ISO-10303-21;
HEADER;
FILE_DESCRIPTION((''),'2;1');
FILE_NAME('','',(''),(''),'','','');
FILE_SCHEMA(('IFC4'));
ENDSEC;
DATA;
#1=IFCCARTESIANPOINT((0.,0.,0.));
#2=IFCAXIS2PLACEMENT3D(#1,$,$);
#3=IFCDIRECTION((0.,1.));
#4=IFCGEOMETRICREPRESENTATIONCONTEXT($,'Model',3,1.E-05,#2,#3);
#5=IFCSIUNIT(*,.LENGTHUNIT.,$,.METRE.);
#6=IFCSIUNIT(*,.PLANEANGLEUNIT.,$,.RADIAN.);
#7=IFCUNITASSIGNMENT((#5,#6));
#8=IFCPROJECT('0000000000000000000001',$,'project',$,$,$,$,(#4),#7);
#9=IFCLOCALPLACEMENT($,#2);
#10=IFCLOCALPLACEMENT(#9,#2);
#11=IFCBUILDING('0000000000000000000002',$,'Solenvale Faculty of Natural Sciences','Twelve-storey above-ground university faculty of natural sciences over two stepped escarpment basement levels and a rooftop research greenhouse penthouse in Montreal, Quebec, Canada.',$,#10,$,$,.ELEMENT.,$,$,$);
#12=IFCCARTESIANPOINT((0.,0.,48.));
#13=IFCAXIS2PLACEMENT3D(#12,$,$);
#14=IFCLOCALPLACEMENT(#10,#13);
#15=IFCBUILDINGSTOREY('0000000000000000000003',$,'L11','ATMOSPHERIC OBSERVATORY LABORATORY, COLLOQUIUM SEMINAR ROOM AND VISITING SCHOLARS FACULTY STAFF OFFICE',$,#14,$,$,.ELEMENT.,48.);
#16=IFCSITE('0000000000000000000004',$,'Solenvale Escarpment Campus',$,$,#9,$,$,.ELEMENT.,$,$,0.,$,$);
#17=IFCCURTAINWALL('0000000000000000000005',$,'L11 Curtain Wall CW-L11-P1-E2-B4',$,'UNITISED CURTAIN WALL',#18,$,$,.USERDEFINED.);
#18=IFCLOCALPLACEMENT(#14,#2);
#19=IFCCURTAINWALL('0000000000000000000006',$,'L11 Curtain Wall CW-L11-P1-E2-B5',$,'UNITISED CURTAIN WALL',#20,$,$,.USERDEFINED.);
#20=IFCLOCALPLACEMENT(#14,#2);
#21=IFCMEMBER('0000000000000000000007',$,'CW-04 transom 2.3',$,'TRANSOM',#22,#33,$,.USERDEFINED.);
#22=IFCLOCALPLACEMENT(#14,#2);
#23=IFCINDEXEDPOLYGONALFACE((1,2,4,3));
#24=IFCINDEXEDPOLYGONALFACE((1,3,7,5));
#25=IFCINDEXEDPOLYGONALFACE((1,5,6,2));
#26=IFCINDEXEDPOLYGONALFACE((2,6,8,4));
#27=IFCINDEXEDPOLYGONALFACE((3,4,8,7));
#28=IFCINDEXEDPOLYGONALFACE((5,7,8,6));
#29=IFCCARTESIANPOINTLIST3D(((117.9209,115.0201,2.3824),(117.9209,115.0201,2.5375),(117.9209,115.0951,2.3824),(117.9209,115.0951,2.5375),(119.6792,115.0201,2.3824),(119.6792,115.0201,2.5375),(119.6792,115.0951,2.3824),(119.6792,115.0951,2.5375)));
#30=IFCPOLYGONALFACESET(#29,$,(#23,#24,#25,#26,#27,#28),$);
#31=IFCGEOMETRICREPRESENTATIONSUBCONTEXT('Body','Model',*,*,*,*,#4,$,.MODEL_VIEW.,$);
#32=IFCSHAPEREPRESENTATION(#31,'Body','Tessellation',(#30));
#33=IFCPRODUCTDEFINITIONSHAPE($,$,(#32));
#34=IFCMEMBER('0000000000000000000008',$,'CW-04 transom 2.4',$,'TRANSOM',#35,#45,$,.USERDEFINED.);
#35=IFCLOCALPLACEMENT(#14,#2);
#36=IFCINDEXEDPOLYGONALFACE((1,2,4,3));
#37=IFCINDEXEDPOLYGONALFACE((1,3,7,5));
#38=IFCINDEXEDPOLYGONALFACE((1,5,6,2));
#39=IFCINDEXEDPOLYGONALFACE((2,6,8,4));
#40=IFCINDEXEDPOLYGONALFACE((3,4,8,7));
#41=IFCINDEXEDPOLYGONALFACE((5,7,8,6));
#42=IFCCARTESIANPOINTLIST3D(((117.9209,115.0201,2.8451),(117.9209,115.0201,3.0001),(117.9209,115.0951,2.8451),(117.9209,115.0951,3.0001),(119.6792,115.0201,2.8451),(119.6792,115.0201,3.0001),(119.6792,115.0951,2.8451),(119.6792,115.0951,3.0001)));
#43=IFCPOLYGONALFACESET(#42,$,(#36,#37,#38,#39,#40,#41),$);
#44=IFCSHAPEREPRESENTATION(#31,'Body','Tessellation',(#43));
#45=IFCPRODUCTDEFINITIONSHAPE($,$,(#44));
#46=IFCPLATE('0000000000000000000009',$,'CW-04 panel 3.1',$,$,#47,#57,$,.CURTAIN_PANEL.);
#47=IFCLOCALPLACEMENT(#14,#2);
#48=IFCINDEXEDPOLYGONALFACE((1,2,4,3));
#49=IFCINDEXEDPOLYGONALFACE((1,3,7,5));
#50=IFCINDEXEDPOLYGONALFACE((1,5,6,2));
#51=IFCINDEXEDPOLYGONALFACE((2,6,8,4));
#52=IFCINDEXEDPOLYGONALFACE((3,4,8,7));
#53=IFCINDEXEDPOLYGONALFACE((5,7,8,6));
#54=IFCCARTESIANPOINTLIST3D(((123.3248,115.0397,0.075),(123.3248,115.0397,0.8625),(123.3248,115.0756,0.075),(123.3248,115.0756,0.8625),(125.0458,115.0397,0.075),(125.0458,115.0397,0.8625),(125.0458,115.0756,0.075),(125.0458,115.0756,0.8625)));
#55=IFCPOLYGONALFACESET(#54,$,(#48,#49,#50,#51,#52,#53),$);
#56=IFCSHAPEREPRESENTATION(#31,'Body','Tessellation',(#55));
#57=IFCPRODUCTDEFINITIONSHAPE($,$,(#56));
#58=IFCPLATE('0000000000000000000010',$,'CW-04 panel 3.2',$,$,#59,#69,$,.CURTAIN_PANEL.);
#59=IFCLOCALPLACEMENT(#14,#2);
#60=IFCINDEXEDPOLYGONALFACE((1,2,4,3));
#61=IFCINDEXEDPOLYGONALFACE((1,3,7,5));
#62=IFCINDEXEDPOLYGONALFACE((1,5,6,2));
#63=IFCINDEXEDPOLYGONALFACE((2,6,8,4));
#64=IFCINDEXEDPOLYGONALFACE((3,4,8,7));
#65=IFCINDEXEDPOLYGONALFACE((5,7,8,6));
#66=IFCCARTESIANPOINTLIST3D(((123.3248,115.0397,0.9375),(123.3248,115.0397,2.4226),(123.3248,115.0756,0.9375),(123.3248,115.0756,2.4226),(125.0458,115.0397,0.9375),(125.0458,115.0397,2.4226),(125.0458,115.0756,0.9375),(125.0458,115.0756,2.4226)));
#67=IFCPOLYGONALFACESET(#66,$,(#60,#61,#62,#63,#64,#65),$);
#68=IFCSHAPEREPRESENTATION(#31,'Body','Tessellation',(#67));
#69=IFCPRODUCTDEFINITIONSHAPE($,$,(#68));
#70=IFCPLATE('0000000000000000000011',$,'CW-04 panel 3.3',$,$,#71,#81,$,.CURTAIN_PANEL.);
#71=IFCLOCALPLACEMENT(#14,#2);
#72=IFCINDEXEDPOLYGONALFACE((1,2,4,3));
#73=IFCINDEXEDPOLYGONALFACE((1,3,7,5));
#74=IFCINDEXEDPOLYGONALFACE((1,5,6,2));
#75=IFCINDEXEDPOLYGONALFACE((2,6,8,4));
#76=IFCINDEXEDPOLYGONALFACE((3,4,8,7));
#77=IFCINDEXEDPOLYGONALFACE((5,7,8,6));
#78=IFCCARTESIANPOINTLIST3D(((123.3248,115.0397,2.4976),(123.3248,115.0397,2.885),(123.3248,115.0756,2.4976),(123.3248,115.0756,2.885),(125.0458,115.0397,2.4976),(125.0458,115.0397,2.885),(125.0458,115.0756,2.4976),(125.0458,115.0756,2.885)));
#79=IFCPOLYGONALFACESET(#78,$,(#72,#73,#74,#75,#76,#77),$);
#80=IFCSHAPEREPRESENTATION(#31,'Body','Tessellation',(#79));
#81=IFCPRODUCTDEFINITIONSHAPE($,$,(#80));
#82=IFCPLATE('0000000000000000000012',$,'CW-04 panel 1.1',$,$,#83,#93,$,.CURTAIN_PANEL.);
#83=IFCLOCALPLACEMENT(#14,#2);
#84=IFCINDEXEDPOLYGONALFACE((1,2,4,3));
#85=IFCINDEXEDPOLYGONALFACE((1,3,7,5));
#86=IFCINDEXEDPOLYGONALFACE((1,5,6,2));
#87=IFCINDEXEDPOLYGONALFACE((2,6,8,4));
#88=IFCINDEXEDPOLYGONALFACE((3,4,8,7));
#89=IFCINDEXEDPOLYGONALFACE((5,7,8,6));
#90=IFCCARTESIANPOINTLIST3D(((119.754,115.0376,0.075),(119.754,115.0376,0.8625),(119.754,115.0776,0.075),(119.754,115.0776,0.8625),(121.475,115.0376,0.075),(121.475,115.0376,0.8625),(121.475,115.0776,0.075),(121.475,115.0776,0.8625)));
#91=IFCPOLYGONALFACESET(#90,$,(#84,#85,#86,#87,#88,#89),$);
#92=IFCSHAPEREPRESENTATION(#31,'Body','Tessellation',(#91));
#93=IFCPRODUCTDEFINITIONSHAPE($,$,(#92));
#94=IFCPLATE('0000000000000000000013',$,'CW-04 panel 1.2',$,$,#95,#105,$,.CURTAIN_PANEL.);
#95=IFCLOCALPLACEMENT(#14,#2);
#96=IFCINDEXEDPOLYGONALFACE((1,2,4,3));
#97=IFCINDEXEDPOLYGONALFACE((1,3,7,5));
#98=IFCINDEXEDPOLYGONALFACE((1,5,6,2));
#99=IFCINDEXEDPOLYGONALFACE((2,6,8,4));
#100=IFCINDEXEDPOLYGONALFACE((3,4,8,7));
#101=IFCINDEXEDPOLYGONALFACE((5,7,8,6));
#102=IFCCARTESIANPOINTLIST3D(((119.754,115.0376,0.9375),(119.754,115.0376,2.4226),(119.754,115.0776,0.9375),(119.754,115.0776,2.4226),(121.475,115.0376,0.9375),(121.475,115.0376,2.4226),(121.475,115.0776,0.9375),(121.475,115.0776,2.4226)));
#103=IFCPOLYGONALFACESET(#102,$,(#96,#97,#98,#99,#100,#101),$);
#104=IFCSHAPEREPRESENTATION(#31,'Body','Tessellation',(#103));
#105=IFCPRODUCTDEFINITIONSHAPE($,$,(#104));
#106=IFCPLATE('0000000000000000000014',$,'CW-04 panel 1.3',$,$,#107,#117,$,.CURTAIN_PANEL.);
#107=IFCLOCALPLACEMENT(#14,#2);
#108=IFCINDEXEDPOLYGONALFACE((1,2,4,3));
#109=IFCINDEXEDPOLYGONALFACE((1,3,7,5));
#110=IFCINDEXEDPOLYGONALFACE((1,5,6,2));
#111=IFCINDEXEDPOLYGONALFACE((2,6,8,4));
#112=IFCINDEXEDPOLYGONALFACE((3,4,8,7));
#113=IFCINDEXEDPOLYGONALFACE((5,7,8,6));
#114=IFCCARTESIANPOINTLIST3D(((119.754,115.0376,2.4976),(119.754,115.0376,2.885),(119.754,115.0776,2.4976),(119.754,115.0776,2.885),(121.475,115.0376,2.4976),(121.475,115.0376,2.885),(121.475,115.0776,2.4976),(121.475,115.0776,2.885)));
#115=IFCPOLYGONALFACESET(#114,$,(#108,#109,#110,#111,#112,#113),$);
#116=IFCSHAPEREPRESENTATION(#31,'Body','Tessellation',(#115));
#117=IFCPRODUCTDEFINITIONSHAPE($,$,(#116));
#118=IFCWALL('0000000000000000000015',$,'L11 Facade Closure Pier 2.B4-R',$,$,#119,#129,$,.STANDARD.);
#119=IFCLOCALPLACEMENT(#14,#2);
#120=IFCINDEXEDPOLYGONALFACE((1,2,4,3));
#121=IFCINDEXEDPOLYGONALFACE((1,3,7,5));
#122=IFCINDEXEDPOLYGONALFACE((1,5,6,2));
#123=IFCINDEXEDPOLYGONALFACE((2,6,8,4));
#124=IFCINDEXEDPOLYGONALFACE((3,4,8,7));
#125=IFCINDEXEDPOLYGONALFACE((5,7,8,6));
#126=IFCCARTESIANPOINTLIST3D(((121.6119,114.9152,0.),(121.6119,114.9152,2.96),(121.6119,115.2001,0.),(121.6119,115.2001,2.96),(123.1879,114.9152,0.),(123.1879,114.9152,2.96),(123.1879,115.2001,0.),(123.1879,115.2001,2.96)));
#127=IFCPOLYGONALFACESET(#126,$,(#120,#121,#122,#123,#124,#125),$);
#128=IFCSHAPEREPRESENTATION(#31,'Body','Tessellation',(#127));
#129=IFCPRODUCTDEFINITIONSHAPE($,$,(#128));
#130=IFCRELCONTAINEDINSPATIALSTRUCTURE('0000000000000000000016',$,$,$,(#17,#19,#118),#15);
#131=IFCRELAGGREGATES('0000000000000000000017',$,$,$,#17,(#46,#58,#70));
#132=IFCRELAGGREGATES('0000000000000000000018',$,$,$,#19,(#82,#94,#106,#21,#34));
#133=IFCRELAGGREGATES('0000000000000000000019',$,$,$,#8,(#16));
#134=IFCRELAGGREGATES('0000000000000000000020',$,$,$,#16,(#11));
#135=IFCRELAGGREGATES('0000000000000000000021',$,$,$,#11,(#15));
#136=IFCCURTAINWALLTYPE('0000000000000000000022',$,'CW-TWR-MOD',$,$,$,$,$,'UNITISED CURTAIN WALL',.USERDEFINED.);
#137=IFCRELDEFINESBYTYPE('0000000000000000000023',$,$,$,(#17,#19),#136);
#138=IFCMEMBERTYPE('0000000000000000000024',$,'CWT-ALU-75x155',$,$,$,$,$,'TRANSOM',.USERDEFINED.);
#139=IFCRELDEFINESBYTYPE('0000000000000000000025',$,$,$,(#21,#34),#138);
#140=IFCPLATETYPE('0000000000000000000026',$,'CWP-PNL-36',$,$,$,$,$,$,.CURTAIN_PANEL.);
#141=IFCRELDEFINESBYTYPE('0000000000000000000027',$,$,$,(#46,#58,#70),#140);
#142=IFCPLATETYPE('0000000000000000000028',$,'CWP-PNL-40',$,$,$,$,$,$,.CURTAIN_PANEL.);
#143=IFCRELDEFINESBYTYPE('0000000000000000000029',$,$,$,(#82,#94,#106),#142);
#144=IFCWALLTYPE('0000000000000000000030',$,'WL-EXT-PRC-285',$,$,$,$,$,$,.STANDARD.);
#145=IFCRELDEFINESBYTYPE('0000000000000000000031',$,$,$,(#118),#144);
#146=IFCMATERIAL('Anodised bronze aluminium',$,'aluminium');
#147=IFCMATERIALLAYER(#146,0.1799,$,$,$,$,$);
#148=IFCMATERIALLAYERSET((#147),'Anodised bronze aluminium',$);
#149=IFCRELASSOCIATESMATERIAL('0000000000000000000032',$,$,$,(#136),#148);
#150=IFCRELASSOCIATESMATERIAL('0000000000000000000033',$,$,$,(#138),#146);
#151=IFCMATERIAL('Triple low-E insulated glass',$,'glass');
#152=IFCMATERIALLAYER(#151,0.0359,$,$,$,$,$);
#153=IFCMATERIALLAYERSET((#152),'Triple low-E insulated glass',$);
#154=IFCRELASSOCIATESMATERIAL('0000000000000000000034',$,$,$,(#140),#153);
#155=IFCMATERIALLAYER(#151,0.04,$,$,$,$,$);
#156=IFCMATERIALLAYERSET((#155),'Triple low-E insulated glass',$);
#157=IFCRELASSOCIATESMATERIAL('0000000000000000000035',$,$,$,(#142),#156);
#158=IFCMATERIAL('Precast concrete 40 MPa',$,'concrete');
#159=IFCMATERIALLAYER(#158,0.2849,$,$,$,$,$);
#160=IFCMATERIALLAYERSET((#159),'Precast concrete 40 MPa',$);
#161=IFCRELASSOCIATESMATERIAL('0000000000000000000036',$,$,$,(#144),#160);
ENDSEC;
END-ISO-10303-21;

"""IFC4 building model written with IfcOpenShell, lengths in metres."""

from ifc_helpers import new_model, si_unit, direction, frame, frame_2d, origin, origin_2d, place, context, subcontext, project, spatial, rectangle, extrude, material, layer, layer_set, material_profile, profile_set, type_object, element, aggregate, save


model = new_model("IFC4")

# Units and contexts
model_context = context("Model", 3, precision=1e-05, world=origin(), true_north=direction((0.0, 1.0)))
body_context = subcontext(model_context, "Body", "Model", "MODEL_VIEW")
ifc_project = project(units=[si_unit("LENGTHUNIT", "METRE"), si_unit("PLANEANGLEUNIT", "RADIAN")], contexts=[model_context])

# Site, building, storey
site_placement = place(None, origin())
site = spatial("IfcSite", under=ifc_project, at=site_placement, Name="Solenvale Escarpment Campus", CompositionType="ELEMENT", RefElevation=0.0)
building_placement = place(site_placement, origin())
building = spatial("IfcBuilding", under=site, at=building_placement, Name="Solenvale Faculty of Natural Sciences", Description="Twelve-storey above-ground university faculty of natural sciences over two stepped escarpment basement levels and a rooftop research greenhouse penthouse in Montreal, Quebec, Canada.", CompositionType="ELEMENT")
storey_placement = place(building_placement, frame((0.0, 0.0, 48.0)))
storey = spatial("IfcBuildingStorey", under=building, at=storey_placement, Name="L11", Description="ATMOSPHERIC OBSERVATORY LABORATORY, COLLOQUIUM SEMINAR ROOM AND VISITING SCHOLARS FACULTY STAFF OFFICE", CompositionType="ELEMENT", Elevation=48.0)

# Shared definitions
ifc_material_1 = material(Name="Precast concrete 40 MPa", Category="concrete")

# Curtain walls
ifc_material_2 = material(Name="Anodised bronze aluminium", Category="aluminium")
ifc_layer_1 = layer(ifc_material_2, 0.1799)
ifc_layer_set_1 = layer_set([ifc_layer_1], Name="Anodised bronze aluminium")
curtain_wall_type = type_object("IfcCurtainWallType", Name="CW-TWR-MOD", ElementType="UNITISED CURTAIN WALL", PredefinedType="USERDEFINED", material=ifc_layer_set_1)
curtain_wall_1_placement = place(storey_placement, origin())
curtain_wall_1 = element("IfcCurtainWall", 1, at=curtain_wall_1_placement, inside=storey, type_object=curtain_wall_type, Name="L11 Curtain Wall CW-L11-P1-E2-B4", ObjectType="UNITISED CURTAIN WALL", PredefinedType="USERDEFINED")
curtain_wall_2_placement = place(storey_placement, origin())
curtain_wall_2 = element("IfcCurtainWall", 2, at=curtain_wall_2_placement, inside=storey, type_object=curtain_wall_type, Name="L11 Curtain Wall CW-L11-P1-E2-B5", ObjectType="UNITISED CURTAIN WALL", PredefinedType="USERDEFINED")

# Members
ifc_material_profile_1 = material_profile(ifc_material_2, rectangle(XDim=0.075, YDim=0.155, at=origin_2d()), Name="ALU-TRN-75x155")
ifc_profile_set_1 = profile_set([ifc_material_profile_1], Name="Anodised bronze aluminium")
member_type_1 = type_object("IfcMemberType", Name="CWT-ALU-75x155", ElementType="TRANSOM", PredefinedType="USERDEFINED", material=ifc_profile_set_1)
member_1_placement = place(storey_placement, frame((119.6792, 115.0576, 2.46), z_axis=(-1.0, 0.0, 0.0), x_axis=(0.0, -1.0, 0.0)))
member_1 = element("IfcMember", 3, at=member_1_placement, type_object=member_type_1, Name="CW-04 transom 2.3", ObjectType="TRANSOM", PredefinedType="USERDEFINED", context=body_context, shape_type="SweptSolid", body=[
    extrude(rectangle(XDim=0.075, YDim=0.155, at=origin_2d()), origin(), (0.0, 0.0, 1.0), 1.7583),
])
member_2_placement = place(storey_placement, frame((119.6792, 115.0576, 2.9226), z_axis=(-1.0, 0.0, 0.0), x_axis=(0.0, -1.0, 0.0)))
member_2 = element("IfcMember", 4, at=member_2_placement, type_object=member_type_1, Name="CW-04 transom 2.4", ObjectType="TRANSOM", PredefinedType="USERDEFINED", context=body_context, shape_type="SweptSolid", body=[
    extrude(rectangle(XDim=0.075, YDim=0.155, at=origin_2d()), origin(), (0.0, 0.0, 1.0), 1.7583),
])

# Plates
ifc_material_3 = material(Name="Triple low-E insulated glass", Category="glass")
ifc_layer_2 = layer(ifc_material_3, 0.0359)
ifc_layer_set_2 = layer_set([ifc_layer_2], Name="Triple low-E insulated glass")
plate_type_1 = type_object("IfcPlateType", Name="CWP-PNL-36", PredefinedType="CURTAIN_PANEL", material=ifc_layer_set_2)
plate_1_placement = place(storey_placement, frame((124.1853, 115.0576, 0.075), z_axis=(0.0, 0.0, 1.0), x_axis=(-1.0, 0.0, 0.0)))
plate_1 = element("IfcPlate", 5, at=plate_1_placement, type_object=plate_type_1, Name="CW-04 panel 3.1", PredefinedType="CURTAIN_PANEL", context=body_context, shape_type="SweptSolid", body=[
    extrude(rectangle(XDim=1.7209, YDim=0.0359, at=origin_2d()), origin(), (0.0, 0.0, 1.0), 0.7876),
])
plate_2_placement = place(storey_placement, frame((124.1853, 115.0576, 0.9375), z_axis=(0.0, 0.0, 1.0), x_axis=(-1.0, 0.0, 0.0)))
plate_2 = element("IfcPlate", 6, at=plate_2_placement, type_object=plate_type_1, Name="CW-04 panel 3.2", PredefinedType="CURTAIN_PANEL", context=body_context, shape_type="SweptSolid", body=[
    extrude(rectangle(XDim=1.7209, YDim=0.0359, at=origin_2d()), origin(), (0.0, 0.0, 1.0), 1.4851),
])
plate_3_placement = place(storey_placement, frame((124.1853, 115.0576, 2.4976), z_axis=(0.0, 0.0, 1.0), x_axis=(-1.0, 0.0, 0.0)))
plate_3 = element("IfcPlate", 7, at=plate_3_placement, type_object=plate_type_1, Name="CW-04 panel 3.3", PredefinedType="CURTAIN_PANEL", context=body_context, shape_type="SweptSolid", body=[
    extrude(rectangle(XDim=1.7209, YDim=0.0359, at=origin_2d()), origin(), (0.0, 0.0, 1.0), 0.3875),
])
aggregate(curtain_wall_1, [plate_1, plate_2, plate_3])
ifc_layer_3 = layer(ifc_material_3, 0.04)
ifc_layer_set_3 = layer_set([ifc_layer_3], Name="Triple low-E insulated glass")
plate_type_2 = type_object("IfcPlateType", Name="CWP-PNL-40", PredefinedType="CURTAIN_PANEL", material=ifc_layer_set_3)
plate_4_placement = place(storey_placement, frame((120.6145, 115.0576, 0.075), z_axis=(0.0, 0.0, 1.0), x_axis=(-1.0, 0.0, 0.0)))
plate_4 = element("IfcPlate", 8, at=plate_4_placement, type_object=plate_type_2, Name="CW-04 panel 1.1", PredefinedType="CURTAIN_PANEL", context=body_context, shape_type="SweptSolid", body=[
    extrude(rectangle(XDim=1.7209, YDim=0.04, at=origin_2d()), origin(), (0.0, 0.0, 1.0), 0.7876),
])
plate_5_placement = place(storey_placement, frame((120.6145, 115.0576, 0.9375), z_axis=(0.0, 0.0, 1.0), x_axis=(-1.0, 0.0, 0.0)))
plate_5 = element("IfcPlate", 9, at=plate_5_placement, type_object=plate_type_2, Name="CW-04 panel 1.2", PredefinedType="CURTAIN_PANEL", context=body_context, shape_type="SweptSolid", body=[
    extrude(rectangle(XDim=1.7209, YDim=0.04, at=origin_2d()), origin(), (0.0, 0.0, 1.0), 1.4851),
])
plate_6_placement = place(storey_placement, frame((120.6145, 115.0576, 2.4976), z_axis=(0.0, 0.0, 1.0), x_axis=(-1.0, 0.0, 0.0)))
plate_6 = element("IfcPlate", 10, at=plate_6_placement, type_object=plate_type_2, Name="CW-04 panel 1.3", PredefinedType="CURTAIN_PANEL", context=body_context, shape_type="SweptSolid", body=[
    extrude(rectangle(XDim=1.7209, YDim=0.04, at=origin_2d()), origin(), (0.0, 0.0, 1.0), 0.3875),
])
aggregate(curtain_wall_2, [plate_4, plate_5, plate_6, member_1, member_2])

# Wall
ifc_layer_4 = layer(ifc_material_1, 0.2849)
ifc_layer_set_4 = layer_set([ifc_layer_4], Name="Precast concrete 40 MPa")
wall_type = type_object("IfcWallType", Name="WL-EXT-PRC-285", PredefinedType="STANDARD", material=ifc_layer_set_4)
wall_placement = place(storey_placement, frame((123.188, 115.0576, 0.0), z_axis=(0.0, 0.0, 1.0), x_axis=(-1.0, 0.0, 0.0)))
element("IfcWall", 11, at=wall_placement, inside=storey, type_object=wall_type, Name="L11 Facade Closure Pier 2.B4-R", PredefinedType="STANDARD", context=body_context, shape_type="SweptSolid", body=[
    extrude(rectangle(XDim=1.5759, YDim=0.2849, at=frame_2d((0.7881, 0.0))), origin(), (0.0, 0.0, 1.0), 2.96),
])

save(model, "model.ifc")
